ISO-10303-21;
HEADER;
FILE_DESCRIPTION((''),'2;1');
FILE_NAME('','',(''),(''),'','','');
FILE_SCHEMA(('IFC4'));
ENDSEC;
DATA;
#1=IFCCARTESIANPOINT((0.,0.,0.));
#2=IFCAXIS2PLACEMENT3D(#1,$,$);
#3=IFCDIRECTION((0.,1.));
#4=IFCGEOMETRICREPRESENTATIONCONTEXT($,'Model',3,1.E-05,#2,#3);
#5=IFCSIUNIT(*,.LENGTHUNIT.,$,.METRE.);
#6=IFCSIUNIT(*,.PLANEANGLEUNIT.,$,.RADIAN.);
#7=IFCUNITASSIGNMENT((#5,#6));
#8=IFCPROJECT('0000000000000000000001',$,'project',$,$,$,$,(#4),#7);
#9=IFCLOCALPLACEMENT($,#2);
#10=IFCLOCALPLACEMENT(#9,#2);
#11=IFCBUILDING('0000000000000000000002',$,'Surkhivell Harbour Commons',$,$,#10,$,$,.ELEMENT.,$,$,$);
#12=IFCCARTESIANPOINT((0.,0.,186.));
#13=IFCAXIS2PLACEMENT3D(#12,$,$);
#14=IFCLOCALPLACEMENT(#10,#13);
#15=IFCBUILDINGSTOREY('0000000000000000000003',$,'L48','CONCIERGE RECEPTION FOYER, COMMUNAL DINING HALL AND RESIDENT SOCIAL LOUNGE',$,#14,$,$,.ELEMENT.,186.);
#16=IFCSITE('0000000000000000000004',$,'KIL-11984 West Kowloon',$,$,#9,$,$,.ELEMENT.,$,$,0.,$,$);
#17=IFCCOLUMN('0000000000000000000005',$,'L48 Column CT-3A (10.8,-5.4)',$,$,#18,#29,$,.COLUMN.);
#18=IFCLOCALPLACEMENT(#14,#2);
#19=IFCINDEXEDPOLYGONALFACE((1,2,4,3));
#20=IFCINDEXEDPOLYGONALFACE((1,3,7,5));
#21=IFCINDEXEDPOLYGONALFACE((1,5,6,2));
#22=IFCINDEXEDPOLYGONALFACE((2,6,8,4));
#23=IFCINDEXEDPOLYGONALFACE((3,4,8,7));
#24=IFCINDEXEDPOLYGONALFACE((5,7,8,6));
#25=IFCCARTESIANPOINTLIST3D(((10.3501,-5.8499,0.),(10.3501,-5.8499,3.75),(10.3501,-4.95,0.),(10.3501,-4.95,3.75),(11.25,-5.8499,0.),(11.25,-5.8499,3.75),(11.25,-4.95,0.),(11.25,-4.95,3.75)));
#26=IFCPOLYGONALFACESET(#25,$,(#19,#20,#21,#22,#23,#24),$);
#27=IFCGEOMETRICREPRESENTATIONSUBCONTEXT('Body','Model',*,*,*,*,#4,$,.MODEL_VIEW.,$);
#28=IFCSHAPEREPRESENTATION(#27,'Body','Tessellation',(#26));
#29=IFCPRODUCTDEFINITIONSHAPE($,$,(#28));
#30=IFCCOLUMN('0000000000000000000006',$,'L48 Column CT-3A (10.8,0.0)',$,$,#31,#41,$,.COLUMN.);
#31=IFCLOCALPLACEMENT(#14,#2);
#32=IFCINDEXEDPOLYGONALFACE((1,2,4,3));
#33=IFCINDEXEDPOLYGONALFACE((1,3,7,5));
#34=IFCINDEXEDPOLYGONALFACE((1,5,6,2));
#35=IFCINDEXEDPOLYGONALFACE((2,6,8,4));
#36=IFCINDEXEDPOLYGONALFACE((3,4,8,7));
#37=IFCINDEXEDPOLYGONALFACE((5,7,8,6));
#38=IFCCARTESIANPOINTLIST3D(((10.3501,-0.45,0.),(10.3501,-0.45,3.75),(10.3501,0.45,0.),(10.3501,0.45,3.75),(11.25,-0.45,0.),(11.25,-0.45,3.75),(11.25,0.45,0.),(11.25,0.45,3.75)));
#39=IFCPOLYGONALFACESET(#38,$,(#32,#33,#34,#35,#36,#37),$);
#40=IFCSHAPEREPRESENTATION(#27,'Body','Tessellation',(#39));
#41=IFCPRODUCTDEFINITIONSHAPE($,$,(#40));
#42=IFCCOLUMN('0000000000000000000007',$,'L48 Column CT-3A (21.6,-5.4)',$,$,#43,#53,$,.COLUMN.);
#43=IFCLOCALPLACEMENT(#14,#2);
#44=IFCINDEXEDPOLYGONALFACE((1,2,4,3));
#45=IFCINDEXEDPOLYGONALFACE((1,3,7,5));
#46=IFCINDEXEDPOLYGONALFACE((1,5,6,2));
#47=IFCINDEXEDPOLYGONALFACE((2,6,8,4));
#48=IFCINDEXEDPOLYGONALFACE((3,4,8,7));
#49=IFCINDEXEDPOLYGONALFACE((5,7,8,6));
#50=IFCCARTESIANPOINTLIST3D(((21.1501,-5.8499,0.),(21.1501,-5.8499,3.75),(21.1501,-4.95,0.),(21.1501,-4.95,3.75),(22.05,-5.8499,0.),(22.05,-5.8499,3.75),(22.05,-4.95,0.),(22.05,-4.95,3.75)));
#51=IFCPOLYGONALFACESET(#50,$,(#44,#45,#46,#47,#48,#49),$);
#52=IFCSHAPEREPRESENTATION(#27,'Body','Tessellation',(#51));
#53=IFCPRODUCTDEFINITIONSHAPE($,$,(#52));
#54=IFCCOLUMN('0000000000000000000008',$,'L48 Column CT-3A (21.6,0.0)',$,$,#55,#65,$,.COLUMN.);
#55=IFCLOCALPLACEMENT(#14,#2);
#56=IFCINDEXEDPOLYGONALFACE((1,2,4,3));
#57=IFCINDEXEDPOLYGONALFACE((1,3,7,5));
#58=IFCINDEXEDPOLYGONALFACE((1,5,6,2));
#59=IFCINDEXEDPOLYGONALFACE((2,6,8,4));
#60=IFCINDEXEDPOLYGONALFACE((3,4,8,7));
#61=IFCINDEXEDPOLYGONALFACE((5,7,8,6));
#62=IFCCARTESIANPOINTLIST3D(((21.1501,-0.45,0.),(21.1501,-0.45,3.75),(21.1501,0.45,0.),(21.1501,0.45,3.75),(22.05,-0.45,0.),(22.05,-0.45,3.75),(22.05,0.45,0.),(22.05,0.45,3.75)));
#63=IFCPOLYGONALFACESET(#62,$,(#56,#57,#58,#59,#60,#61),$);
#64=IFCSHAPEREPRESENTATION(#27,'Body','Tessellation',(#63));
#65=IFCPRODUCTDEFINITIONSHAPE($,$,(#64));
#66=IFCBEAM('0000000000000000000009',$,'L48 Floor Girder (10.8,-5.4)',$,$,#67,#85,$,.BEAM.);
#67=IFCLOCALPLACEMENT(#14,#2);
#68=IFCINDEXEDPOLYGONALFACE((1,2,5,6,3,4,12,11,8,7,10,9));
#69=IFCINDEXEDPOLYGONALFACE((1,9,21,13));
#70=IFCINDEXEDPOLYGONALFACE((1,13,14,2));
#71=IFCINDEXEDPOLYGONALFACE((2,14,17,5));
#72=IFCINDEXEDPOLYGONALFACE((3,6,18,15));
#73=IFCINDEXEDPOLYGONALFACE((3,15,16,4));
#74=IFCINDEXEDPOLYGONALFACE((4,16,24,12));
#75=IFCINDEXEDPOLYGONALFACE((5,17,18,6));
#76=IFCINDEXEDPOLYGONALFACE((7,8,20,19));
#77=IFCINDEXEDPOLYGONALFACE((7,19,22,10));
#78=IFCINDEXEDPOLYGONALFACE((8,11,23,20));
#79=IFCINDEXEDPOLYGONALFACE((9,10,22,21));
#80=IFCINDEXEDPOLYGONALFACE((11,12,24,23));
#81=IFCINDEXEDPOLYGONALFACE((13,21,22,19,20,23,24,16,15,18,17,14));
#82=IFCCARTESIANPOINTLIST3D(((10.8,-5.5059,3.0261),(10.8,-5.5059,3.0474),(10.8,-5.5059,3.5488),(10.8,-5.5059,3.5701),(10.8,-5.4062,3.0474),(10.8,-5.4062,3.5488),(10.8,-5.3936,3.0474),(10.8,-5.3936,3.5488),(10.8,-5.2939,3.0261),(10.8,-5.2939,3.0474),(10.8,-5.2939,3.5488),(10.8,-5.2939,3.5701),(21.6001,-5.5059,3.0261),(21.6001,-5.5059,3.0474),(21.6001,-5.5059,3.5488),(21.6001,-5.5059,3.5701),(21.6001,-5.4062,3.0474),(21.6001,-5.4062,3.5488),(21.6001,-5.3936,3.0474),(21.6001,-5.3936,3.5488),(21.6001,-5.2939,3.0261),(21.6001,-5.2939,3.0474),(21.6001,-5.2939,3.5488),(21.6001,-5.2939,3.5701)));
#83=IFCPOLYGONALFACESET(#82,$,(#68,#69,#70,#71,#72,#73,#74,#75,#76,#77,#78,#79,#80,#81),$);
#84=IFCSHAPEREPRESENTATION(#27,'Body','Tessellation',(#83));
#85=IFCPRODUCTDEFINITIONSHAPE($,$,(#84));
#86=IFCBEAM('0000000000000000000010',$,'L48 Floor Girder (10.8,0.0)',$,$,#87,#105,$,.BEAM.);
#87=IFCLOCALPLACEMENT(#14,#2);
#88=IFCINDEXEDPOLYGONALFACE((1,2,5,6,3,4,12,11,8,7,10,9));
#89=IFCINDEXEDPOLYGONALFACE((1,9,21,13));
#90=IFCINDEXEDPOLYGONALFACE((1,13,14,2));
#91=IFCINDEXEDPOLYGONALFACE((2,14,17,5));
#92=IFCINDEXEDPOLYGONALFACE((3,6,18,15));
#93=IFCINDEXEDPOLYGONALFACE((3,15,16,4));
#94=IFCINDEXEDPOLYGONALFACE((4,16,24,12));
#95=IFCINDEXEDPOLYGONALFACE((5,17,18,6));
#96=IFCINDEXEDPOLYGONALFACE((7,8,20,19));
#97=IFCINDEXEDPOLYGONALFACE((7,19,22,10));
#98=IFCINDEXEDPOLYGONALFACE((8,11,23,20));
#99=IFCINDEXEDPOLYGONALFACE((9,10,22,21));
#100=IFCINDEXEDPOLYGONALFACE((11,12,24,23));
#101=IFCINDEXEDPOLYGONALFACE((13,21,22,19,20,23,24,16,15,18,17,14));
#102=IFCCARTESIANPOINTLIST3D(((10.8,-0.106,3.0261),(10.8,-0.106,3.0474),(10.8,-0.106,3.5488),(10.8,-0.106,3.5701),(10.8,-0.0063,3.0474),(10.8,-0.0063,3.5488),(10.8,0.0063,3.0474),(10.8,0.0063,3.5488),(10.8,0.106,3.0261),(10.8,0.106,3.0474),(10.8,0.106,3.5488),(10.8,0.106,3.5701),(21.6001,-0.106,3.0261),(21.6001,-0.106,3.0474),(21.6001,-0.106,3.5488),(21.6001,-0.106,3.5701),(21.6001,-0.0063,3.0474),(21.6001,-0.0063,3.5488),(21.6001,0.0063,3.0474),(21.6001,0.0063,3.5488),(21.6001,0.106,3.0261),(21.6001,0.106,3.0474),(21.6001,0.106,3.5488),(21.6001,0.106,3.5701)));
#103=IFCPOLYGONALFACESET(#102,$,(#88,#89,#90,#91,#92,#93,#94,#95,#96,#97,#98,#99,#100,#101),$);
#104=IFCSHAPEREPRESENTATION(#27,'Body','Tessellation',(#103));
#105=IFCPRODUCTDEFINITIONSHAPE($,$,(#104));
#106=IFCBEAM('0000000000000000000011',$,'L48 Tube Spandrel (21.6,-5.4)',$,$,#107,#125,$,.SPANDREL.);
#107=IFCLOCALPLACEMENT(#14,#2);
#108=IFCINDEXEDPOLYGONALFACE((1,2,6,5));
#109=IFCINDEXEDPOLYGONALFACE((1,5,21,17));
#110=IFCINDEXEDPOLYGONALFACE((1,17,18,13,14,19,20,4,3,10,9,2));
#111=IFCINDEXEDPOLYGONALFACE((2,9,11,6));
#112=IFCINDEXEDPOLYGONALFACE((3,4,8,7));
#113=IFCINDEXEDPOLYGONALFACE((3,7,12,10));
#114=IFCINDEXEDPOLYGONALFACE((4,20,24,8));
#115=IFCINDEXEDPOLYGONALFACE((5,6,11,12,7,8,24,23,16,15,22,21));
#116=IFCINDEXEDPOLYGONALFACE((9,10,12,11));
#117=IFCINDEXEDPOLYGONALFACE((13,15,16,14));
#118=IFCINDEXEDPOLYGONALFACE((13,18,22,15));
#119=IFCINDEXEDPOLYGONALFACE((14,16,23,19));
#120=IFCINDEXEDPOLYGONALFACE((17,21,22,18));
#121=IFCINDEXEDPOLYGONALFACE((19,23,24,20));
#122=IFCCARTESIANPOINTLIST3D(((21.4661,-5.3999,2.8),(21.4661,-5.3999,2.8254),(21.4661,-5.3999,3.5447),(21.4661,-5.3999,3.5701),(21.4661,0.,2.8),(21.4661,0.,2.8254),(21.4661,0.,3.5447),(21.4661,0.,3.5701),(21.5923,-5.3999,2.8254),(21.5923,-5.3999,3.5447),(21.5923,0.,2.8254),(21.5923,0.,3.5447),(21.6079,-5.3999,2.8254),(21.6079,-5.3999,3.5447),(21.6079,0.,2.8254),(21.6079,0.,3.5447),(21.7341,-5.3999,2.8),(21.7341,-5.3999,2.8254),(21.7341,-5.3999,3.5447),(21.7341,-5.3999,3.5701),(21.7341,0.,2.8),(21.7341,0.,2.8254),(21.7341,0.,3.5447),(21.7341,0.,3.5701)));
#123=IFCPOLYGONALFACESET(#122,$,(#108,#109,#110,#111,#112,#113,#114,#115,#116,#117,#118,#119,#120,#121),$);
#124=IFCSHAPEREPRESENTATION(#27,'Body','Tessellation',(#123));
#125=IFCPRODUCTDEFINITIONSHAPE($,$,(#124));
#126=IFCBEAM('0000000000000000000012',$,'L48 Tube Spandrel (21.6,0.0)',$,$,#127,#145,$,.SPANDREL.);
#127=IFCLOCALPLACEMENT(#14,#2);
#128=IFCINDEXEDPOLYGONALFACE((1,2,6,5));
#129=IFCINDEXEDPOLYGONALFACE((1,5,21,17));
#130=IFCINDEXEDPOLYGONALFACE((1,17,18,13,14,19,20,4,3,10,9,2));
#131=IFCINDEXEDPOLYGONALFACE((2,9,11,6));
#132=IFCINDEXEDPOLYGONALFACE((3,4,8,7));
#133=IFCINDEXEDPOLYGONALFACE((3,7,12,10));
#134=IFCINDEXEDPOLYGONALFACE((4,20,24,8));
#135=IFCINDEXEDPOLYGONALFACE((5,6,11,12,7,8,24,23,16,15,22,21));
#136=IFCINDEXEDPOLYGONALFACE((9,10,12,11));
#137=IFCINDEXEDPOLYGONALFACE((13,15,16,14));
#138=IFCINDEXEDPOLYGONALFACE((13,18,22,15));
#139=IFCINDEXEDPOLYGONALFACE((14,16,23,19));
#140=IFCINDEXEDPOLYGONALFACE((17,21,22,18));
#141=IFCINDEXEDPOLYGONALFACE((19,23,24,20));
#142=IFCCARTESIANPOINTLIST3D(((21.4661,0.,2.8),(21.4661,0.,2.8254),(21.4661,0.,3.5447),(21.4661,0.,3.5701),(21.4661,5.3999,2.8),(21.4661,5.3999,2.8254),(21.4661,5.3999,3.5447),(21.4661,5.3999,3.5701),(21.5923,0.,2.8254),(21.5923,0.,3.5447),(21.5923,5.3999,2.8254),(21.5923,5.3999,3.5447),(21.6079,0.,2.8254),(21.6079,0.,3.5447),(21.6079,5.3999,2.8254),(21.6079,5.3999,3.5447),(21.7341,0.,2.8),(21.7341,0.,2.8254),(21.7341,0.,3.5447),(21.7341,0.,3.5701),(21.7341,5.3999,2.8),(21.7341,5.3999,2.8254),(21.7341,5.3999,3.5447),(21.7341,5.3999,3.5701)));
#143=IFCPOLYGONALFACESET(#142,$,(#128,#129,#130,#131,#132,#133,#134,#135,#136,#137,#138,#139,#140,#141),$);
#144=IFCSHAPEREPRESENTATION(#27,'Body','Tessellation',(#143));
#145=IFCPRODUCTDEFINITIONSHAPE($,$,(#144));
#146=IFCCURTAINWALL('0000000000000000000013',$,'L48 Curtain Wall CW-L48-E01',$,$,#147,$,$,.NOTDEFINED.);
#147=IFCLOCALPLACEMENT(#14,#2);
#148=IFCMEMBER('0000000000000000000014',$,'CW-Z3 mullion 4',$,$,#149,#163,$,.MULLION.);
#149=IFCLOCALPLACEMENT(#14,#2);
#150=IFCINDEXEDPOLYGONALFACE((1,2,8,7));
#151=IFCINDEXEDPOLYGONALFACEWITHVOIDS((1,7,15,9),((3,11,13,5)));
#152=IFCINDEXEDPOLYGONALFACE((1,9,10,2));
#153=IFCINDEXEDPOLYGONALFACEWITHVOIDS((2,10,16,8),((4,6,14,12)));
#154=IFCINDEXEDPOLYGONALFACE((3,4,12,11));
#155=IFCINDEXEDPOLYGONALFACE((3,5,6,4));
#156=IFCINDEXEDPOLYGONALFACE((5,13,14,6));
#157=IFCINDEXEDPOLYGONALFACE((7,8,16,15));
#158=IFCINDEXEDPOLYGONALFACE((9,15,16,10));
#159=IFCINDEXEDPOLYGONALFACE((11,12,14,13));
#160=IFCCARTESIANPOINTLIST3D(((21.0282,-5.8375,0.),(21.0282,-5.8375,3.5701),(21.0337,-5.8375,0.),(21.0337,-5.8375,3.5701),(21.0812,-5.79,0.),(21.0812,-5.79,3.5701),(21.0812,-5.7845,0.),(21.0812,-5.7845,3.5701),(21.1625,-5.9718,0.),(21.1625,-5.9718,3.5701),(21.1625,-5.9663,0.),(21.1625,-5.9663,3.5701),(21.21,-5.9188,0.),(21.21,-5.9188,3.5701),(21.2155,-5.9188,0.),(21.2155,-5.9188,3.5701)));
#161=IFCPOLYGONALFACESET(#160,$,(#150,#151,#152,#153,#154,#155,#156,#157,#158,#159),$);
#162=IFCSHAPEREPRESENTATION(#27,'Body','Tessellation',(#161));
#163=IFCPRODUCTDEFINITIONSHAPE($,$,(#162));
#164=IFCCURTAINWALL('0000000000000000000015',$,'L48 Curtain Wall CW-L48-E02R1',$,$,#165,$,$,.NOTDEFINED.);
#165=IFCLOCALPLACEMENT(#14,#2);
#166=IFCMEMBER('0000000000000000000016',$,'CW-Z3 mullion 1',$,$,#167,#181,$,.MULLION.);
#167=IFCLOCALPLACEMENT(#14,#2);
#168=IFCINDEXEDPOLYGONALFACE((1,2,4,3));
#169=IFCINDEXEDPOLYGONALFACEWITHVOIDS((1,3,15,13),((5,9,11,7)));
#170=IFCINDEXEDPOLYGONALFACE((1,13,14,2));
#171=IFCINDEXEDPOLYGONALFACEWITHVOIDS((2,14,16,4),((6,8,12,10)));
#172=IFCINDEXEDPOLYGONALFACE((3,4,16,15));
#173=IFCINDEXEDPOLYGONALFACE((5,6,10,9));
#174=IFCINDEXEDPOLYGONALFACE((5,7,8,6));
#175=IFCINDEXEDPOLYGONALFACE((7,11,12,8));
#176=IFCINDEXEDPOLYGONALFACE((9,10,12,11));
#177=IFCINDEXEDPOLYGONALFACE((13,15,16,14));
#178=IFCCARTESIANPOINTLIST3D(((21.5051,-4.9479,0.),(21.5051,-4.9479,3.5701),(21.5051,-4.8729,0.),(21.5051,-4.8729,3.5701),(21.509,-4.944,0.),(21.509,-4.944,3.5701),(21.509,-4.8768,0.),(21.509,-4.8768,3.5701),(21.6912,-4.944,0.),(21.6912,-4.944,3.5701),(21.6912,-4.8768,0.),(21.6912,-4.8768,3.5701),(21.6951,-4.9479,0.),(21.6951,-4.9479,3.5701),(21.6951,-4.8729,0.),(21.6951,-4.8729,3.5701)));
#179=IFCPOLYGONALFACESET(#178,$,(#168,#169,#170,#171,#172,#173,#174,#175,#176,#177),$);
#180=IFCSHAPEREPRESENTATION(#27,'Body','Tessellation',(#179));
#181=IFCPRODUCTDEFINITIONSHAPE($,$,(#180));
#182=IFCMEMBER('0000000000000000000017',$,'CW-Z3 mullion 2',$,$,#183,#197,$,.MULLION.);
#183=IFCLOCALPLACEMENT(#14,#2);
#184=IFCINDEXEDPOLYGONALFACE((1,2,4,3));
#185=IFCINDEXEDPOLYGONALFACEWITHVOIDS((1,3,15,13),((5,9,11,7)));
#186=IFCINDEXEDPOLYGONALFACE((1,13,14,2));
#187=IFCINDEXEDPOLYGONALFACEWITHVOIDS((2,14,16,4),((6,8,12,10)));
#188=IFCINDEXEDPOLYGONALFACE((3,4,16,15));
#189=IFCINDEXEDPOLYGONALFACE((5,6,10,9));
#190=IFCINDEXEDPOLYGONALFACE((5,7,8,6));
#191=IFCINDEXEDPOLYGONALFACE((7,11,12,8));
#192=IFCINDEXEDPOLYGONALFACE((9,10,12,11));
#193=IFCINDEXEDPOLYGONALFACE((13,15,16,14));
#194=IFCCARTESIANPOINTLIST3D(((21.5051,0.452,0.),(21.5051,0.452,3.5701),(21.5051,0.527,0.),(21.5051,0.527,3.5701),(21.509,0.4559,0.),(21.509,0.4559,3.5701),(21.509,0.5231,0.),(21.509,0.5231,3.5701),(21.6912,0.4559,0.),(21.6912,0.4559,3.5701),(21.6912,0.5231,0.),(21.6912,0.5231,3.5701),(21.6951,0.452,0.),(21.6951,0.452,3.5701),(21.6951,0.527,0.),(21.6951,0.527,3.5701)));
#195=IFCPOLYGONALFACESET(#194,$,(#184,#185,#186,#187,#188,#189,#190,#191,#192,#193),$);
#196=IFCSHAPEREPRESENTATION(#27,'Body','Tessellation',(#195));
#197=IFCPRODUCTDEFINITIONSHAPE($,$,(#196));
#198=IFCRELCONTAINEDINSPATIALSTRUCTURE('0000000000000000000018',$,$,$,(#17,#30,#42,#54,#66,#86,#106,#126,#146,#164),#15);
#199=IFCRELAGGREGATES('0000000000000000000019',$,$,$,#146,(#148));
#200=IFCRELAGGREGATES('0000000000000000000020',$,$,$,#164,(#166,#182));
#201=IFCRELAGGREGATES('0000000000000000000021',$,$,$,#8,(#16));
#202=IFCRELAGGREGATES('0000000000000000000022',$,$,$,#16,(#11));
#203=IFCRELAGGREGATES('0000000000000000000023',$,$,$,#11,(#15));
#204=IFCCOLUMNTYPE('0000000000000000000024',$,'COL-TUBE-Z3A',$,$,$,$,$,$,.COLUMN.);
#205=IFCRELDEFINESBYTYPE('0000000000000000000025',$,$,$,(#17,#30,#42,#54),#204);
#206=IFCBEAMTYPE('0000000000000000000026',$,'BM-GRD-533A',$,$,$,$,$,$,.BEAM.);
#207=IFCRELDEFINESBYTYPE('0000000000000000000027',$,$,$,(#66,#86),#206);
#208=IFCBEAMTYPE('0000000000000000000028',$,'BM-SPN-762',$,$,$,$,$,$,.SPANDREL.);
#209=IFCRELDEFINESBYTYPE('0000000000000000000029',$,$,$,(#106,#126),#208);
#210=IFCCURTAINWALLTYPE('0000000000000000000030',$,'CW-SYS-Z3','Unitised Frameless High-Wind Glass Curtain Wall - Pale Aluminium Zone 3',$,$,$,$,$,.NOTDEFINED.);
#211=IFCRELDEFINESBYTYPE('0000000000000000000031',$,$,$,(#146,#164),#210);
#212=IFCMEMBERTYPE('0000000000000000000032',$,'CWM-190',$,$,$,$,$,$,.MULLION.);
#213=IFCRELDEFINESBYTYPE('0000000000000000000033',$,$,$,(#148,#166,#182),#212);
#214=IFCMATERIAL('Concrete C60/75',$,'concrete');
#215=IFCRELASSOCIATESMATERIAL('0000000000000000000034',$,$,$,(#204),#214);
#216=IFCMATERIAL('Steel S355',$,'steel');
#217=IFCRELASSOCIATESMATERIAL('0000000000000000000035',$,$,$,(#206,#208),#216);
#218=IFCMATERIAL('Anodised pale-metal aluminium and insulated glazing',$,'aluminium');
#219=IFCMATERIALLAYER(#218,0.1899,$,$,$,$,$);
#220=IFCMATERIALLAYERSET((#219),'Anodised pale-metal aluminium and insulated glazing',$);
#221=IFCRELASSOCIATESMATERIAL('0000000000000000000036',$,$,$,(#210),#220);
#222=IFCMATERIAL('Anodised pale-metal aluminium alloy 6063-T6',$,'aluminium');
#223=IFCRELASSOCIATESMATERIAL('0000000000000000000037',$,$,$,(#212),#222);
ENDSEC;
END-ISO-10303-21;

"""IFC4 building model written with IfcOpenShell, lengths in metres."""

from ifc_helpers import new_model, si_unit, direction, frame, origin, origin_2d, place, context, subcontext, project, spatial, rectangle, hollow_rectangle, i_section, extrude, material, layer, layer_set, material_profile, profile_set, type_object, element, aggregate, save


model = new_model("IFC4")

# Units and contexts
model_context = context("Model", 3, precision=1e-05, world=origin(), true_north=direction((0.0, 1.0)))
body_context = subcontext(model_context, "Body", "Model", "MODEL_VIEW")
ifc_project = project(units=[si_unit("LENGTHUNIT", "METRE"), si_unit("PLANEANGLEUNIT", "RADIAN")], contexts=[model_context])

# Site, building, storey
site_placement = place(None, origin())
site = spatial("IfcSite", under=ifc_project, at=site_placement, Name="KIL-11984 West Kowloon", CompositionType="ELEMENT", RefElevation=0.0)
building_placement = place(site_placement, origin())
building = spatial("IfcBuilding", under=site, at=building_placement, Name="Surkhivell Harbour Commons", CompositionType="ELEMENT")
storey_placement = place(building_placement, frame((0.0, 0.0, 186.0)))
storey = spatial("IfcBuildingStorey", under=building, at=storey_placement, Name="L48", Description="CONCIERGE RECEPTION FOYER, COMMUNAL DINING HALL AND RESIDENT SOCIAL LOUNGE", CompositionType="ELEMENT", Elevation=186.0)

# Columns
ifc_material_1 = material(Name="Concrete C60/75", Category="concrete")
ifc_material_profile_1 = material_profile(ifc_material_1, rectangle(XDim=0.8999, YDim=0.8999, at=origin_2d()), Name="RC-COL-900x900")
ifc_profile_set_1 = profile_set([ifc_material_profile_1], Name="Concrete C60/75")
column_type = type_object("IfcColumnType", Name="COL-TUBE-Z3A", PredefinedType="COLUMN", material=ifc_profile_set_1)
for number, where, z_axis, x_axis, name in (
    (1, (10.8, -5.3999, 0.0), (0.0, 0.0, 1.0), (1.0, 0.0, 0.0), "L48 Column CT-3A (10.8,-5.4)"),
    (2, (10.8, 0.0, 0.0), (0.0, 0.0, 1.0), (1.0, 0.0, 0.0), "L48 Column CT-3A (10.8,0.0)"),
    (3, (21.6001, -5.3999, 0.0), (0.0, 0.0, 1.0), (1.0, 0.0, 0.0), "L48 Column CT-3A (21.6,-5.4)"),
    (4, (21.6001, 0.0, 0.0), (0.0, 0.0, 1.0), (1.0, 0.0, 0.0), "L48 Column CT-3A (21.6,0.0)"),
):
    element("IfcColumn", number, at=place(storey_placement, frame(where, z_axis=z_axis, x_axis=x_axis)), inside=storey, type_object=column_type, Name=name, PredefinedType="COLUMN", context=body_context, shape_type="SweptSolid", body=[
        extrude(rectangle(XDim=0.8999, YDim=0.8999, at=origin_2d()), origin(), (0.0, 0.0, 1.0), 3.75),
    ])

# Beams
ifc_material_2 = material(Name="Steel S355", Category="steel")
ifc_material_profile_2 = material_profile(ifc_material_2, i_section(OverallWidth=0.2119, OverallDepth=0.5439, WebThickness=0.0127, FlangeThickness=0.0212, at=origin_2d()), Name="UB533x210x122")
ifc_profile_set_2 = profile_set([ifc_material_profile_2], Name="Steel S355")
beam_type_1 = type_object("IfcBeamType", Name="BM-GRD-533A", PredefinedType="BEAM", material=ifc_profile_set_2)
for number, where, z_axis, x_axis, name in (
    (5, (10.8, -5.3999, 3.2981), (1.0, 0.0, 0.0), (0.0, 1.0, 0.0), "L48 Floor Girder (10.8,-5.4)"),
    (6, (10.8, 0.0, 3.2981), (1.0, 0.0, 0.0), (0.0, 1.0, 0.0), "L48 Floor Girder (10.8,0.0)"),
):
    element("IfcBeam", number, at=place(storey_placement, frame(where, z_axis=z_axis, x_axis=x_axis)), inside=storey, type_object=beam_type_1, Name=name, PredefinedType="BEAM", context=body_context, shape_type="SweptSolid", body=[
        extrude(i_section(OverallWidth=0.2119, OverallDepth=0.5439, WebThickness=0.0127, FlangeThickness=0.0212, at=origin_2d()), origin(), (0.0, 0.0, 1.0), 10.8),
    ])
ifc_material_profile_3 = material_profile(ifc_material_2, i_section(OverallWidth=0.2681, OverallDepth=0.77, WebThickness=0.0156, FlangeThickness=0.0254, at=origin_2d()), Name="UB762x267x197")
ifc_profile_set_3 = profile_set([ifc_material_profile_3], Name="Steel S355")
beam_type_2 = type_object("IfcBeamType", Name="BM-SPN-762", PredefinedType="SPANDREL", material=ifc_profile_set_3)
for number, where, z_axis, x_axis, name in (
    (7, (21.6001, -5.3999, 3.1851), (0.0, 1.0, 0.0), (-1.0, 0.0, 0.0), "L48 Tube Spandrel (21.6,-5.4)"),
    (8, (21.6001, 0.0, 3.1851), (0.0, 1.0, 0.0), (-1.0, 0.0, 0.0), "L48 Tube Spandrel (21.6,0.0)"),
):
    element("IfcBeam", number, at=place(storey_placement, frame(where, z_axis=z_axis, x_axis=x_axis)), inside=storey, type_object=beam_type_2, Name=name, PredefinedType="SPANDREL", context=body_context, shape_type="SweptSolid", body=[
        extrude(i_section(OverallWidth=0.2681, OverallDepth=0.77, WebThickness=0.0156, FlangeThickness=0.0254, at=origin_2d()), origin(), (0.0, 0.0, 1.0), 5.3999),
    ])

# Curtain wall, member
ifc_material_3 = material(Name="Anodised pale-metal aluminium and insulated glazing", Category="aluminium")
ifc_layer_1 = layer(ifc_material_3, 0.1899)
ifc_layer_set_1 = layer_set([ifc_layer_1], Name="Anodised pale-metal aluminium and insulated glazing")
curtain_wall_type = type_object("IfcCurtainWallType", Name="CW-SYS-Z3", Description="Unitised Frameless High-Wind Glass Curtain Wall - Pale Aluminium Zone 3", PredefinedType="NOTDEFINED", material=ifc_layer_set_1)
curtain_wall_1_placement = place(storey_placement, origin())
curtain_wall_1 = element("IfcCurtainWall", 9, at=curtain_wall_1_placement, inside=storey, type_object=curtain_wall_type, Name="L48 Curtain Wall CW-L48-E01", PredefinedType="NOTDEFINED")
ifc_material_4 = material(Name="Anodised pale-metal aluminium alloy 6063-T6", Category="aluminium")
ifc_material_profile_4 = material_profile(ifc_material_4, hollow_rectangle(XDim=0.075, YDim=0.1899, WallThickness=0.0039, at=origin_2d()), Name="ALU-MULL-75x190")
ifc_profile_set_4 = profile_set([ifc_material_profile_4], Name="Anodised pale-metal aluminium alloy 6063-T6")
member_type_1 = type_object("IfcMemberType", Name="CWM-190", PredefinedType="MULLION", material=ifc_profile_set_4)
member_1_placement = place(storey_placement, frame((21.1218, -5.8782, 0.0), z_axis=(0.0, 0.0, 1.0), x_axis=(0.707107, 0.707107, 0.0)))
member_1 = element("IfcMember", 10, at=member_1_placement, type_object=member_type_1, Name="CW-Z3 mullion 4", PredefinedType="MULLION", context=body_context, shape_type="SweptSolid", body=[
    extrude(hollow_rectangle(XDim=0.075, YDim=0.1899, WallThickness=0.0039, at=origin_2d()), origin(), (0.0, 0.0, 1.0), 3.5701),
])
aggregate(curtain_wall_1, [member_1])

# Curtain wall, members
curtain_wall_2_placement = place(storey_placement, origin())
curtain_wall_2 = element("IfcCurtainWall", 11, at=curtain_wall_2_placement, inside=storey, type_object=curtain_wall_type, Name="L48 Curtain Wall CW-L48-E02R1", PredefinedType="NOTDEFINED")
member_2_placement = place(storey_placement, frame((21.6001, -4.9104, 0.0), z_axis=(0.0, 0.0, 1.0), x_axis=(0.0, 1.0, 0.0)))
member_2 = element("IfcMember", 12, at=member_2_placement, type_object=member_type_1, Name="CW-Z3 mullion 1", PredefinedType="MULLION", context=body_context, shape_type="SweptSolid", body=[
    extrude(hollow_rectangle(XDim=0.075, YDim=0.1899, WallThickness=0.0039, at=origin_2d()), origin(), (0.0, 0.0, 1.0), 3.5701),
])
member_3_placement = place(storey_placement, frame((21.6001, 0.4895, 0.0), z_axis=(0.0, 0.0, 1.0), x_axis=(0.0, 1.0, 0.0)))
member_3 = element("IfcMember", 13, at=member_3_placement, type_object=member_type_1, Name="CW-Z3 mullion 2", PredefinedType="MULLION", context=body_context, shape_type="SweptSolid", body=[
    extrude(hollow_rectangle(XDim=0.075, YDim=0.1899, WallThickness=0.0039, at=origin_2d()), origin(), (0.0, 0.0, 1.0), 3.5701),
])
aggregate(curtain_wall_2, [member_2, member_3])

save(model, "model.ifc")
